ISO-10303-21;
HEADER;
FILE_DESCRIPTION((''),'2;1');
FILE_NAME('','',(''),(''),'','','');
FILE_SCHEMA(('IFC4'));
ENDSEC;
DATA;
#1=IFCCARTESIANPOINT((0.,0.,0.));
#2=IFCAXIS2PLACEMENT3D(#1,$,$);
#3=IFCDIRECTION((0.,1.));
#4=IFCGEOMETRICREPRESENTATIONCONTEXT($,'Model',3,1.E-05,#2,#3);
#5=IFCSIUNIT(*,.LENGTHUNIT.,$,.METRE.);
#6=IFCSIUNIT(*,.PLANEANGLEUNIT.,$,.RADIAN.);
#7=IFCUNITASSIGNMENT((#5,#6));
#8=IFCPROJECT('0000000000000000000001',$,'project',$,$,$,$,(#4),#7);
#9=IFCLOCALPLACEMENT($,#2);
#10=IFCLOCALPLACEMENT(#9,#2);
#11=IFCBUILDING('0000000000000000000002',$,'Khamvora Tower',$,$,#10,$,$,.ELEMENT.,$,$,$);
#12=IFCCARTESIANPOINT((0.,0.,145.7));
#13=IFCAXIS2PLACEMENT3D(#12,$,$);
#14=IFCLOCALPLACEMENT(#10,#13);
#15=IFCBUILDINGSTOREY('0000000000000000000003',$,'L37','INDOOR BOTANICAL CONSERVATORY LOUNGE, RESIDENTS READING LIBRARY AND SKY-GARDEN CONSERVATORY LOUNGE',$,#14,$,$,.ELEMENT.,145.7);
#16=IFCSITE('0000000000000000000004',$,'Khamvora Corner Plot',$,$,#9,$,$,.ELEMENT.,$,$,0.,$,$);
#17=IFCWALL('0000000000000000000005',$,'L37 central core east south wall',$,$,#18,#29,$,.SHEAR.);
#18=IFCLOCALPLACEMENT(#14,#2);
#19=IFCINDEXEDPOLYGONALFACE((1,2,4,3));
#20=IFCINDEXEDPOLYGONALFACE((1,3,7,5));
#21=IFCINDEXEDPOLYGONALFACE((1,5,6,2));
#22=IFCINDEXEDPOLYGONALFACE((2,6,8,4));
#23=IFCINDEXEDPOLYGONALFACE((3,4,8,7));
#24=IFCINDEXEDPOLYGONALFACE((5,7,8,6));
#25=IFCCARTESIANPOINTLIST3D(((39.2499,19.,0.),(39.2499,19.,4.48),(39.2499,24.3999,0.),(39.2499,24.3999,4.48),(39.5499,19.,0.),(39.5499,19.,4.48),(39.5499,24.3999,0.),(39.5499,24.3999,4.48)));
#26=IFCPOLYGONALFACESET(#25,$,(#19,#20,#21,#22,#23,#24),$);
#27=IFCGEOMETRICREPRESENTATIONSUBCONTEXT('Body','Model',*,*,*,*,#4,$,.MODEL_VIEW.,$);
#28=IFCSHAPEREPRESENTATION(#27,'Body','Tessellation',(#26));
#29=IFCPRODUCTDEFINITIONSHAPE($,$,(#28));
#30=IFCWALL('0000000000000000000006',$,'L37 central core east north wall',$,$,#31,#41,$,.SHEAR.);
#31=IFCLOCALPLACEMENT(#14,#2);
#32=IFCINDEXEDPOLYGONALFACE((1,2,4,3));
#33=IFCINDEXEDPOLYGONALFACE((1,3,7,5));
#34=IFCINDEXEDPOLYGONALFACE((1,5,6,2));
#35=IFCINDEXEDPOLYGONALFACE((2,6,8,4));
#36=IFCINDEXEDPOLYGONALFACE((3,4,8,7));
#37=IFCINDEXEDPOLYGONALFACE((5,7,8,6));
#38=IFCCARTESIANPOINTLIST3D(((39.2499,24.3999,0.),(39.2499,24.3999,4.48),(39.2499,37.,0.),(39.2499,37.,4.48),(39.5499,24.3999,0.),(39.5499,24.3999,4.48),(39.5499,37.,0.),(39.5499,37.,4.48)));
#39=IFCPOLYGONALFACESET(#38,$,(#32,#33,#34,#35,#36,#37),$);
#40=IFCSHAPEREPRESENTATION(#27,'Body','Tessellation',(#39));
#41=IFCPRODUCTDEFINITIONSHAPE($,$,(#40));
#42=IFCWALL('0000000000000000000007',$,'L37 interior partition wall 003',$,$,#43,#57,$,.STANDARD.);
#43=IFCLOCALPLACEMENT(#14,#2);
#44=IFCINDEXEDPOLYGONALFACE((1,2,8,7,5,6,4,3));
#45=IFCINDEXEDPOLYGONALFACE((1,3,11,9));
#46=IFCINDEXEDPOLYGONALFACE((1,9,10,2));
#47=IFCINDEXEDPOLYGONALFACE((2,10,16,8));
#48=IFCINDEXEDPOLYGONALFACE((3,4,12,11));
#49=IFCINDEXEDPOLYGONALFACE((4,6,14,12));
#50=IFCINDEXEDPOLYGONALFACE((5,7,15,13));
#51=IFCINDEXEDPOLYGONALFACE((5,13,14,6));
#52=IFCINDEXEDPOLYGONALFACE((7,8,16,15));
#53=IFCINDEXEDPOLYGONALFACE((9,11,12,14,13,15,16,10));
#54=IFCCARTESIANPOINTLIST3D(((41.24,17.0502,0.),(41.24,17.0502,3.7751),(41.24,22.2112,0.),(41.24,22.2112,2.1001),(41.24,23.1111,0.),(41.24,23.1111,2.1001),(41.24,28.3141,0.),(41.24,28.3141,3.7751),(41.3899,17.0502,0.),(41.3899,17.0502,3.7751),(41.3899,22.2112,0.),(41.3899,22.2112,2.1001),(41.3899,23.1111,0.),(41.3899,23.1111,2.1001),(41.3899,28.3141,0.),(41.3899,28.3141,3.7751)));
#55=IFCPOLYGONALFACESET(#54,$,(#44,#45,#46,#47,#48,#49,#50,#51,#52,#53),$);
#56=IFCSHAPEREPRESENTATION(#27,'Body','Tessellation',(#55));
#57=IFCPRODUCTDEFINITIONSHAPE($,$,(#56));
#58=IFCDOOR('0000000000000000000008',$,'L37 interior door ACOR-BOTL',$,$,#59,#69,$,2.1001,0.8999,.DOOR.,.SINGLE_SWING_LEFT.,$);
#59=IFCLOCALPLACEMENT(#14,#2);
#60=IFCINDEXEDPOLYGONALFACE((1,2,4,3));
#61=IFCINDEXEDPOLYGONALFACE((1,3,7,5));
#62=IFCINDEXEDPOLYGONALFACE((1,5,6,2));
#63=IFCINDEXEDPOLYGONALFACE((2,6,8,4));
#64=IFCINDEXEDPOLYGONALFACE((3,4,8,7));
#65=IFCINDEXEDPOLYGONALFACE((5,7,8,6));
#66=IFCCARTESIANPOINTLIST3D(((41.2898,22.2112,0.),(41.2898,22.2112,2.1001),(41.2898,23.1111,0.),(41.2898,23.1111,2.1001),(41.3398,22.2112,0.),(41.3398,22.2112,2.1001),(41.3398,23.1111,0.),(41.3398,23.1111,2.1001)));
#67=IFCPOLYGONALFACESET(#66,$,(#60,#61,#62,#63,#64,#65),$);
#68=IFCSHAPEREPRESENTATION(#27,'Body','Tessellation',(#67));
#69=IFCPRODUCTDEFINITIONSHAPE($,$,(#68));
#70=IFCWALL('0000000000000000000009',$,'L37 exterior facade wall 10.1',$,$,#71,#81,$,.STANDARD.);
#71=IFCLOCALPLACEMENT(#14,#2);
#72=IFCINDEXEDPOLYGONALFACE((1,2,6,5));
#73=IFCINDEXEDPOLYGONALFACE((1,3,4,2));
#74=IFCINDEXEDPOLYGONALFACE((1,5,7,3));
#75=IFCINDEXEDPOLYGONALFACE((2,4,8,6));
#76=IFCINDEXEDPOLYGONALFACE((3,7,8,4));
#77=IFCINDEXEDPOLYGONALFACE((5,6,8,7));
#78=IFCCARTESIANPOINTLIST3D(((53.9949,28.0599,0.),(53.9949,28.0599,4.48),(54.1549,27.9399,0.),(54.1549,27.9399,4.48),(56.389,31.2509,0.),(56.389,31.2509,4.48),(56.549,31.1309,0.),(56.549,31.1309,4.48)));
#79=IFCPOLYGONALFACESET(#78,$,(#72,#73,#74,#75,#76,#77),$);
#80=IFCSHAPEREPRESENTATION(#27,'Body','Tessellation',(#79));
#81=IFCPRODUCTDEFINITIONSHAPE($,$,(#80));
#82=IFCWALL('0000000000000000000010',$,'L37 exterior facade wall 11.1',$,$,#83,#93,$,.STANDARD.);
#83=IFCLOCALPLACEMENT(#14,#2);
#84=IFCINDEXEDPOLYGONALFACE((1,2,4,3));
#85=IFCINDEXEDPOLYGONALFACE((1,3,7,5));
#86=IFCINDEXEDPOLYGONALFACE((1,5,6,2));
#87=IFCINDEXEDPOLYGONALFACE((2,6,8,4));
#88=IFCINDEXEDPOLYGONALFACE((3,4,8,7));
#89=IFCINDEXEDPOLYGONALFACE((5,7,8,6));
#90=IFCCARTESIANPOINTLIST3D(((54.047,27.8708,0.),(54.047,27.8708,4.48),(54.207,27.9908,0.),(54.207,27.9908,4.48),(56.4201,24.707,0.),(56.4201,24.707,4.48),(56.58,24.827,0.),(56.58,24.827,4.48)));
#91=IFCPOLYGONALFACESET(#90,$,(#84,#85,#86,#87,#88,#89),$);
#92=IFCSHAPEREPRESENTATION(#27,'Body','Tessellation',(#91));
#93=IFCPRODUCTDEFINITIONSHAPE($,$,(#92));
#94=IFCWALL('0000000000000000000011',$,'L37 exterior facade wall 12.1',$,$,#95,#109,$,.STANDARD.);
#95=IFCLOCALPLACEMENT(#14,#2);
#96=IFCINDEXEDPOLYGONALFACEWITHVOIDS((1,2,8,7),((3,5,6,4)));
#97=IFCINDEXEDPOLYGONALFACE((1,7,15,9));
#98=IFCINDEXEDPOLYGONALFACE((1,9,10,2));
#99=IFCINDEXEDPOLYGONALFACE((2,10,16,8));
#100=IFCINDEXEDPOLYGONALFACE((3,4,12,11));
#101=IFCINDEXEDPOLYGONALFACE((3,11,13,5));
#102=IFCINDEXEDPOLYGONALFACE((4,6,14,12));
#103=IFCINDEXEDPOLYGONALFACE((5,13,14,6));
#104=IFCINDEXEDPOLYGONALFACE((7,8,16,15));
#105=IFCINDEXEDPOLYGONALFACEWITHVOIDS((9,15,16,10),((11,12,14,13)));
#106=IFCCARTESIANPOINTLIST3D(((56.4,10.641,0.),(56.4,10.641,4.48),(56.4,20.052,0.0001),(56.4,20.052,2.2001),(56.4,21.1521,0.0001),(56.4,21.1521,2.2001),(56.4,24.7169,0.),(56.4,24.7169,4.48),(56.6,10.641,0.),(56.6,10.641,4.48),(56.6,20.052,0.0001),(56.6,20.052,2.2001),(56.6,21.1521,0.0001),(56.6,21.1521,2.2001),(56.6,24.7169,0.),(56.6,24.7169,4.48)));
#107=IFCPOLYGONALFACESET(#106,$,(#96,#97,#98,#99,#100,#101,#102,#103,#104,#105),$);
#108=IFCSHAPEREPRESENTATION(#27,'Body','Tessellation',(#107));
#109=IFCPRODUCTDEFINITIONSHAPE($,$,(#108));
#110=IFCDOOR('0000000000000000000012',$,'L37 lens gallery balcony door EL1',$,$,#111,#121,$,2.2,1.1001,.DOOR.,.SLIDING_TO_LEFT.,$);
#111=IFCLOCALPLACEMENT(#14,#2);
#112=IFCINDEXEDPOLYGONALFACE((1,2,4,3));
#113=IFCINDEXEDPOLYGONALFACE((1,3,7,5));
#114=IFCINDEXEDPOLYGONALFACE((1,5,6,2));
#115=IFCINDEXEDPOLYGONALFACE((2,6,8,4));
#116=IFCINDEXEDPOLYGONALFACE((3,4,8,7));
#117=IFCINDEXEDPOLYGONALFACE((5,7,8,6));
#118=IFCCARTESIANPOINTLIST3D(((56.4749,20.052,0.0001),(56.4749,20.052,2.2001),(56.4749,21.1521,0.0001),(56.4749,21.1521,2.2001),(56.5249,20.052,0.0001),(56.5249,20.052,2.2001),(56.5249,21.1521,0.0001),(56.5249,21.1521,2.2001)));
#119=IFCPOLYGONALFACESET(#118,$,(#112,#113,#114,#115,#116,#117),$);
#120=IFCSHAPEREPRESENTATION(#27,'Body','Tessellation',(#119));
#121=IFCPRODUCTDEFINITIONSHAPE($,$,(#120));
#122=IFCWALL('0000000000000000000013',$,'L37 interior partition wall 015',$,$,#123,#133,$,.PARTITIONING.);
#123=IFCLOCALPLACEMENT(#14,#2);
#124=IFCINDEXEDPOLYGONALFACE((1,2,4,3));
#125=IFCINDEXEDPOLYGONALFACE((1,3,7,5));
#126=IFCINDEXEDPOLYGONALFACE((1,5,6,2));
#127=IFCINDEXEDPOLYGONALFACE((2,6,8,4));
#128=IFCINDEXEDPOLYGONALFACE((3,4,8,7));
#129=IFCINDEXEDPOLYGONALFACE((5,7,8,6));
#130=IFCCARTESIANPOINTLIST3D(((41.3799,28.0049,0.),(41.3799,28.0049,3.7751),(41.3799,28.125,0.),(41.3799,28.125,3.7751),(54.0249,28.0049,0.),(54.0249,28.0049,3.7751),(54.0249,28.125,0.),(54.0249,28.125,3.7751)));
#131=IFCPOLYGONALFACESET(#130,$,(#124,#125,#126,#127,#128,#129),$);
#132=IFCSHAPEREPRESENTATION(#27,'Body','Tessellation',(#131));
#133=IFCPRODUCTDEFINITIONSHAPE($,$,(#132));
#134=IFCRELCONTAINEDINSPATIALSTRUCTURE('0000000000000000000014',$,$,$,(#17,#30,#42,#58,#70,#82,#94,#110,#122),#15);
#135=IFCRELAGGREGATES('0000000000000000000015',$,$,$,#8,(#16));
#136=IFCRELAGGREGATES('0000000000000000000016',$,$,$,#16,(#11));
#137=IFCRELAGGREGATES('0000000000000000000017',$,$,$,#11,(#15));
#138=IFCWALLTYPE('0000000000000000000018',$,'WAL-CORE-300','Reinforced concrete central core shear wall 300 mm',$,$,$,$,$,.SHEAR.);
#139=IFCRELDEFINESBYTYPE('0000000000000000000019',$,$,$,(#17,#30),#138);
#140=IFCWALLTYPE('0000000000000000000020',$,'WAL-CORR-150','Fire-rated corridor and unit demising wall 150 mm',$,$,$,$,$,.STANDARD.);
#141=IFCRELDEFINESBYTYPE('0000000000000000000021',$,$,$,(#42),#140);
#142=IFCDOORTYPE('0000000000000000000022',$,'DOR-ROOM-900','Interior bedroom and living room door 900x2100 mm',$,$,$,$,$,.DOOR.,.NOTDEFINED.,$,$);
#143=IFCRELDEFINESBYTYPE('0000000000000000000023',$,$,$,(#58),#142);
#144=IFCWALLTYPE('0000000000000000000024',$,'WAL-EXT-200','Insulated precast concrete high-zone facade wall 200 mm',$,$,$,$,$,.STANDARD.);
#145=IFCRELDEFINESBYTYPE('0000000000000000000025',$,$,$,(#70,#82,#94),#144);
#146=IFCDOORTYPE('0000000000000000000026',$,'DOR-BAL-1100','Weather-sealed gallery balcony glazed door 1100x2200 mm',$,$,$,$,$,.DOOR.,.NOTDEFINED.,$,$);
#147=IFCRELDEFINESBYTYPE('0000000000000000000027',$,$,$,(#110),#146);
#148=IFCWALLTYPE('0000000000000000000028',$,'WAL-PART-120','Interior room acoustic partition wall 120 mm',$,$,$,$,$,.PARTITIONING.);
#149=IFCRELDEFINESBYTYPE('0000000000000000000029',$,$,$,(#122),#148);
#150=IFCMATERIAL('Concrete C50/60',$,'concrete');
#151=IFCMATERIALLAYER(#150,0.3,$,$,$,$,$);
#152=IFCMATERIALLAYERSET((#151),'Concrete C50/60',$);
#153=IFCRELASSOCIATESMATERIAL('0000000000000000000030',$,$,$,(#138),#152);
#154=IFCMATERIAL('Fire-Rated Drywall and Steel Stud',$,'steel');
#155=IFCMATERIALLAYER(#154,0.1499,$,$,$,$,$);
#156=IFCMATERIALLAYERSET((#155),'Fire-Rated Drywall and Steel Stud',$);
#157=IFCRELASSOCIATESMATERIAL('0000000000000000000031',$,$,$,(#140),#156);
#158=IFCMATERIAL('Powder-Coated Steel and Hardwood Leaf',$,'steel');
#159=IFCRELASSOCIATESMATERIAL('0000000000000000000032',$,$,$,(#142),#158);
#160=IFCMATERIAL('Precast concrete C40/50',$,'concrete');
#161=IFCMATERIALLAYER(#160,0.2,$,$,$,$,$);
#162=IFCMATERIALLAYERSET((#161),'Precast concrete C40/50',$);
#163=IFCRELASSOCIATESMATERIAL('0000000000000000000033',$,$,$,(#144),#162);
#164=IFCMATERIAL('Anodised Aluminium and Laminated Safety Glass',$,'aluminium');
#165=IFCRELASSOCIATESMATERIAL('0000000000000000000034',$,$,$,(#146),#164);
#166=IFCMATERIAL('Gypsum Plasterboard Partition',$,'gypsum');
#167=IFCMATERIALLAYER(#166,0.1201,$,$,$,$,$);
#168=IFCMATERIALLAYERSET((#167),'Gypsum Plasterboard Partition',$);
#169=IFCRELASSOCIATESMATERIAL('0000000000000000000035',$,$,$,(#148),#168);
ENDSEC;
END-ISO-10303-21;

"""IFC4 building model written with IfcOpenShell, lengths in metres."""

from ifc_helpers import new_model, si_unit, direction, frame, frame_2d, origin, place, context, subcontext, project, spatial, rectangle, extrude, material, layer, layer_set, type_object, element, fill, save


model = new_model("IFC4")

# Units and contexts
model_context = context("Model", 3, precision=1e-05, world=origin(), true_north=direction((0.0, 1.0)))
body_context = subcontext(model_context, "Body", "Model", "MODEL_VIEW")
ifc_project = project(units=[si_unit("LENGTHUNIT", "METRE"), si_unit("PLANEANGLEUNIT", "RADIAN")], contexts=[model_context])

# Site, building, storey
site_placement = place(None, origin())
site = spatial("IfcSite", under=ifc_project, at=site_placement, Name="Khamvora Corner Plot", CompositionType="ELEMENT", RefElevation=0.0)
building_placement = place(site_placement, origin())
building = spatial("IfcBuilding", under=site, at=building_placement, Name="Khamvora Tower", CompositionType="ELEMENT")
storey_placement = place(building_placement, frame((0.0, 0.0, 145.7)))
storey = spatial("IfcBuildingStorey", under=building, at=storey_placement, Name="L37", Description="INDOOR BOTANICAL CONSERVATORY LOUNGE, RESIDENTS READING LIBRARY AND SKY-GARDEN CONSERVATORY LOUNGE", CompositionType="ELEMENT", Elevation=145.7)

# Walls
ifc_material_1 = material(Name="Concrete C50/60", Category="concrete")
ifc_layer_1 = layer(ifc_material_1, 0.3)
ifc_layer_set_1 = layer_set([ifc_layer_1], Name="Concrete C50/60")
wall_type_1 = type_object("IfcWallType", Name="WAL-CORE-300", Description="Reinforced concrete central core shear wall 300 mm", PredefinedType="SHEAR", material=ifc_layer_set_1)
wall_1_placement = place(storey_placement, frame((39.3999, 19.0, 0.0), z_axis=(0.0, 0.0, 1.0), x_axis=(0.0, 1.0, 0.0)))
element("IfcWall", 1, at=wall_1_placement, inside=storey, type_object=wall_type_1, Name="L37 central core east south wall", PredefinedType="SHEAR", context=body_context, shape_type="SweptSolid", body=[
    extrude(rectangle(XDim=5.3999, YDim=0.3, at=frame_2d((2.7, 0.0))), origin(), (0.0, 0.0, 1.0), 4.48),
])
wall_2_placement = place(storey_placement, frame((39.3999, 24.3999, 0.0), z_axis=(0.0, 0.0, 1.0), x_axis=(0.0, 1.0, 0.0)))
element("IfcWall", 2, at=wall_2_placement, inside=storey, type_object=wall_type_1, Name="L37 central core east north wall", PredefinedType="SHEAR", context=body_context, shape_type="SweptSolid", body=[
    extrude(rectangle(XDim=12.6001, YDim=0.3, at=frame_2d((6.3, 0.0))), origin(), (0.0, 0.0, 1.0), 4.48),
])

# Wall, opening, door
ifc_material_2 = material(Name="Fire-Rated Drywall and Steel Stud", Category="steel")
ifc_layer_2 = layer(ifc_material_2, 0.1499)
ifc_layer_set_2 = layer_set([ifc_layer_2], Name="Fire-Rated Drywall and Steel Stud")
wall_type_2 = type_object("IfcWallType", Name="WAL-CORR-150", Description="Fire-rated corridor and unit demising wall 150 mm", PredefinedType="STANDARD", material=ifc_layer_set_2)
wall_3_placement = place(storey_placement, frame((41.3149, 28.314, 0.0), z_axis=(0.0, 0.0, 1.0), x_axis=(0.0, -1.0, 0.0)))
wall_3 = element("IfcWall", 3, at=wall_3_placement, inside=storey, type_object=wall_type_2, Name="L37 interior partition wall 003", PredefinedType="STANDARD", context=body_context, shape_type="SweptSolid", body=[
    extrude(rectangle(XDim=11.2639, YDim=0.1499, at=frame_2d((5.6318, 0.0))), origin(), (0.0, 0.0, 1.0), 3.7751),
])
opening_1_placement = place(wall_3_placement, frame((5.2029, 0.0, 0.0)))
opening_1 = element("IfcOpeningElement", 4, at=opening_1_placement, cuts=wall_3, PredefinedType="OPENING", context=body_context, shape_type="SweptSolid", body=[
    extrude(rectangle(XDim=0.8999, YDim=2.1001, at=frame_2d((0.45, 1.05))), frame((0.0, 0.085, 0.0), z_axis=(0.0, -1.0, 0.0), x_axis=(1.0, 0.0, 0.0)), (0.0, 0.0, 1.0), 0.1699),
])
ifc_material_3 = material(Name="Powder-Coated Steel and Hardwood Leaf", Category="steel")
door_type_1 = type_object("IfcDoorType", Name="DOR-ROOM-900", Description="Interior bedroom and living room door 900x2100 mm", OperationType="NOTDEFINED", PredefinedType="DOOR", material=ifc_material_3)
door_1_placement = place(opening_1_placement, origin())
door_1 = element("IfcDoor", 5, at=door_1_placement, inside=storey, type_object=door_type_1, Name="L37 interior door ACOR-BOTL", OperationType="SINGLE_SWING_LEFT", OverallHeight=2.1001, OverallWidth=0.8999, PredefinedType="DOOR", context=body_context, shape_type="SweptSolid", body=[
    extrude(rectangle(XDim=0.8999, YDim=2.1001, at=frame_2d((0.45, 1.05))), frame((0.0, 0.0249, 0.0), z_axis=(0.0, -1.0, 0.0), x_axis=(1.0, 0.0, 0.0)), (0.0, 0.0, 1.0), 0.05),
])
fill(opening_1, door_1)

# Walls
ifc_material_4 = material(Name="Precast concrete C40/50", Category="concrete")
ifc_layer_3 = layer(ifc_material_4, 0.2)
ifc_layer_set_3 = layer_set([ifc_layer_3], Name="Precast concrete C40/50")
wall_type_3 = type_object("IfcWallType", Name="WAL-EXT-200", Description="Insulated precast concrete high-zone facade wall 200 mm", PredefinedType="STANDARD", material=ifc_layer_set_3)
wall_4_placement = place(storey_placement, frame((56.469, 31.1909, 0.0), z_axis=(0.0, 0.0, 1.0), x_axis=(-0.600137, -0.799897, 0.0)))
element("IfcWall", 6, at=wall_4_placement, inside=storey, type_object=wall_type_3, Name="L37 exterior facade wall 10.1", PredefinedType="STANDARD", context=body_context, shape_type="SweptSolid", body=[
    extrude(rectangle(XDim=3.9893, YDim=0.2, at=frame_2d((1.9946, 0.0))), origin(), (0.0, 0.0, 1.0), 4.48),
])
wall_5_placement = place(storey_placement, frame((54.127, 27.9309, 0.0), z_axis=(0.0, 0.0, 1.0), x_axis=(0.60003, -0.799978, 0.0)))
element("IfcWall", 7, at=wall_5_placement, inside=storey, type_object=wall_type_3, Name="L37 exterior facade wall 11.1", PredefinedType="STANDARD", context=body_context, shape_type="SweptSolid", body=[
    extrude(rectangle(XDim=3.9548, YDim=0.2, at=frame_2d((1.9775, 0.0))), origin(), (0.0, 0.0, 1.0), 4.48),
])

# Wall, opening, door
wall_6_placement = place(storey_placement, frame((56.5, 24.717, 0.0), z_axis=(0.0, 0.0, 1.0), x_axis=(0.0, -1.0, 0.0)))
wall_6 = element("IfcWall", 8, at=wall_6_placement, inside=storey, type_object=wall_type_3, Name="L37 exterior facade wall 12.1", PredefinedType="STANDARD", context=body_context, shape_type="SweptSolid", body=[
    extrude(rectangle(XDim=14.0759, YDim=0.2, at=frame_2d((7.0381, 0.0))), origin(), (0.0, 0.0, 1.0), 4.48),
])
opening_2_placement = place(wall_6_placement, frame((3.5649, 0.0, 0.0)))
opening_2 = element("IfcOpeningElement", 9, at=opening_2_placement, cuts=wall_6, PredefinedType="OPENING", context=body_context, shape_type="SweptSolid", body=[
    extrude(rectangle(XDim=1.1001, YDim=2.2, at=frame_2d((0.55, 1.1001))), frame((0.0, 0.1099, 0.0), z_axis=(0.0, -1.0, 0.0), x_axis=(1.0, 0.0, 0.0)), (0.0, 0.0, 1.0), 0.22),
])
ifc_material_5 = material(Name="Anodised Aluminium and Laminated Safety Glass", Category="aluminium")
door_type_2 = type_object("IfcDoorType", Name="DOR-BAL-1100", Description="Weather-sealed gallery balcony glazed door 1100x2200 mm", OperationType="NOTDEFINED", PredefinedType="DOOR", material=ifc_material_5)
door_2_placement = place(opening_2_placement, origin())
door_2 = element("IfcDoor", 10, at=door_2_placement, inside=storey, type_object=door_type_2, Name="L37 lens gallery balcony door EL1", OperationType="SLIDING_TO_LEFT", OverallHeight=2.2, OverallWidth=1.1001, PredefinedType="DOOR", context=body_context, shape_type="SweptSolid", body=[
    extrude(rectangle(XDim=1.1001, YDim=2.2, at=frame_2d((0.55, 1.1001))), frame((0.0, 0.0249, 0.0), z_axis=(0.0, -1.0, 0.0), x_axis=(1.0, 0.0, 0.0)), (0.0, 0.0, 1.0), 0.05),
])
fill(opening_2, door_2)

# Wall
ifc_material_6 = material(Name="Gypsum Plasterboard Partition", Category="gypsum")
ifc_layer_4 = layer(ifc_material_6, 0.1201)
ifc_layer_set_4 = layer_set([ifc_layer_4], Name="Gypsum Plasterboard Partition")
wall_type_4 = type_object("IfcWallType", Name="WAL-PART-120", Description="Interior room acoustic partition wall 120 mm", PredefinedType="PARTITIONING", material=ifc_layer_set_4)
wall_7_placement = place(storey_placement, frame((41.3799, 28.0649, 0.0), z_axis=(0.0, 0.0, 1.0), x_axis=(1.0, 0.0, 0.0)))
element("IfcWall", 11, at=wall_7_placement, inside=storey, type_object=wall_type_4, Name="L37 interior partition wall 015", PredefinedType="PARTITIONING", context=body_context, shape_type="SweptSolid", body=[
    extrude(rectangle(XDim=12.645, YDim=0.1201, at=frame_2d((6.3225, 0.0))), origin(), (0.0, 0.0, 1.0), 3.7751),
])

save(model, "model.ifc")
